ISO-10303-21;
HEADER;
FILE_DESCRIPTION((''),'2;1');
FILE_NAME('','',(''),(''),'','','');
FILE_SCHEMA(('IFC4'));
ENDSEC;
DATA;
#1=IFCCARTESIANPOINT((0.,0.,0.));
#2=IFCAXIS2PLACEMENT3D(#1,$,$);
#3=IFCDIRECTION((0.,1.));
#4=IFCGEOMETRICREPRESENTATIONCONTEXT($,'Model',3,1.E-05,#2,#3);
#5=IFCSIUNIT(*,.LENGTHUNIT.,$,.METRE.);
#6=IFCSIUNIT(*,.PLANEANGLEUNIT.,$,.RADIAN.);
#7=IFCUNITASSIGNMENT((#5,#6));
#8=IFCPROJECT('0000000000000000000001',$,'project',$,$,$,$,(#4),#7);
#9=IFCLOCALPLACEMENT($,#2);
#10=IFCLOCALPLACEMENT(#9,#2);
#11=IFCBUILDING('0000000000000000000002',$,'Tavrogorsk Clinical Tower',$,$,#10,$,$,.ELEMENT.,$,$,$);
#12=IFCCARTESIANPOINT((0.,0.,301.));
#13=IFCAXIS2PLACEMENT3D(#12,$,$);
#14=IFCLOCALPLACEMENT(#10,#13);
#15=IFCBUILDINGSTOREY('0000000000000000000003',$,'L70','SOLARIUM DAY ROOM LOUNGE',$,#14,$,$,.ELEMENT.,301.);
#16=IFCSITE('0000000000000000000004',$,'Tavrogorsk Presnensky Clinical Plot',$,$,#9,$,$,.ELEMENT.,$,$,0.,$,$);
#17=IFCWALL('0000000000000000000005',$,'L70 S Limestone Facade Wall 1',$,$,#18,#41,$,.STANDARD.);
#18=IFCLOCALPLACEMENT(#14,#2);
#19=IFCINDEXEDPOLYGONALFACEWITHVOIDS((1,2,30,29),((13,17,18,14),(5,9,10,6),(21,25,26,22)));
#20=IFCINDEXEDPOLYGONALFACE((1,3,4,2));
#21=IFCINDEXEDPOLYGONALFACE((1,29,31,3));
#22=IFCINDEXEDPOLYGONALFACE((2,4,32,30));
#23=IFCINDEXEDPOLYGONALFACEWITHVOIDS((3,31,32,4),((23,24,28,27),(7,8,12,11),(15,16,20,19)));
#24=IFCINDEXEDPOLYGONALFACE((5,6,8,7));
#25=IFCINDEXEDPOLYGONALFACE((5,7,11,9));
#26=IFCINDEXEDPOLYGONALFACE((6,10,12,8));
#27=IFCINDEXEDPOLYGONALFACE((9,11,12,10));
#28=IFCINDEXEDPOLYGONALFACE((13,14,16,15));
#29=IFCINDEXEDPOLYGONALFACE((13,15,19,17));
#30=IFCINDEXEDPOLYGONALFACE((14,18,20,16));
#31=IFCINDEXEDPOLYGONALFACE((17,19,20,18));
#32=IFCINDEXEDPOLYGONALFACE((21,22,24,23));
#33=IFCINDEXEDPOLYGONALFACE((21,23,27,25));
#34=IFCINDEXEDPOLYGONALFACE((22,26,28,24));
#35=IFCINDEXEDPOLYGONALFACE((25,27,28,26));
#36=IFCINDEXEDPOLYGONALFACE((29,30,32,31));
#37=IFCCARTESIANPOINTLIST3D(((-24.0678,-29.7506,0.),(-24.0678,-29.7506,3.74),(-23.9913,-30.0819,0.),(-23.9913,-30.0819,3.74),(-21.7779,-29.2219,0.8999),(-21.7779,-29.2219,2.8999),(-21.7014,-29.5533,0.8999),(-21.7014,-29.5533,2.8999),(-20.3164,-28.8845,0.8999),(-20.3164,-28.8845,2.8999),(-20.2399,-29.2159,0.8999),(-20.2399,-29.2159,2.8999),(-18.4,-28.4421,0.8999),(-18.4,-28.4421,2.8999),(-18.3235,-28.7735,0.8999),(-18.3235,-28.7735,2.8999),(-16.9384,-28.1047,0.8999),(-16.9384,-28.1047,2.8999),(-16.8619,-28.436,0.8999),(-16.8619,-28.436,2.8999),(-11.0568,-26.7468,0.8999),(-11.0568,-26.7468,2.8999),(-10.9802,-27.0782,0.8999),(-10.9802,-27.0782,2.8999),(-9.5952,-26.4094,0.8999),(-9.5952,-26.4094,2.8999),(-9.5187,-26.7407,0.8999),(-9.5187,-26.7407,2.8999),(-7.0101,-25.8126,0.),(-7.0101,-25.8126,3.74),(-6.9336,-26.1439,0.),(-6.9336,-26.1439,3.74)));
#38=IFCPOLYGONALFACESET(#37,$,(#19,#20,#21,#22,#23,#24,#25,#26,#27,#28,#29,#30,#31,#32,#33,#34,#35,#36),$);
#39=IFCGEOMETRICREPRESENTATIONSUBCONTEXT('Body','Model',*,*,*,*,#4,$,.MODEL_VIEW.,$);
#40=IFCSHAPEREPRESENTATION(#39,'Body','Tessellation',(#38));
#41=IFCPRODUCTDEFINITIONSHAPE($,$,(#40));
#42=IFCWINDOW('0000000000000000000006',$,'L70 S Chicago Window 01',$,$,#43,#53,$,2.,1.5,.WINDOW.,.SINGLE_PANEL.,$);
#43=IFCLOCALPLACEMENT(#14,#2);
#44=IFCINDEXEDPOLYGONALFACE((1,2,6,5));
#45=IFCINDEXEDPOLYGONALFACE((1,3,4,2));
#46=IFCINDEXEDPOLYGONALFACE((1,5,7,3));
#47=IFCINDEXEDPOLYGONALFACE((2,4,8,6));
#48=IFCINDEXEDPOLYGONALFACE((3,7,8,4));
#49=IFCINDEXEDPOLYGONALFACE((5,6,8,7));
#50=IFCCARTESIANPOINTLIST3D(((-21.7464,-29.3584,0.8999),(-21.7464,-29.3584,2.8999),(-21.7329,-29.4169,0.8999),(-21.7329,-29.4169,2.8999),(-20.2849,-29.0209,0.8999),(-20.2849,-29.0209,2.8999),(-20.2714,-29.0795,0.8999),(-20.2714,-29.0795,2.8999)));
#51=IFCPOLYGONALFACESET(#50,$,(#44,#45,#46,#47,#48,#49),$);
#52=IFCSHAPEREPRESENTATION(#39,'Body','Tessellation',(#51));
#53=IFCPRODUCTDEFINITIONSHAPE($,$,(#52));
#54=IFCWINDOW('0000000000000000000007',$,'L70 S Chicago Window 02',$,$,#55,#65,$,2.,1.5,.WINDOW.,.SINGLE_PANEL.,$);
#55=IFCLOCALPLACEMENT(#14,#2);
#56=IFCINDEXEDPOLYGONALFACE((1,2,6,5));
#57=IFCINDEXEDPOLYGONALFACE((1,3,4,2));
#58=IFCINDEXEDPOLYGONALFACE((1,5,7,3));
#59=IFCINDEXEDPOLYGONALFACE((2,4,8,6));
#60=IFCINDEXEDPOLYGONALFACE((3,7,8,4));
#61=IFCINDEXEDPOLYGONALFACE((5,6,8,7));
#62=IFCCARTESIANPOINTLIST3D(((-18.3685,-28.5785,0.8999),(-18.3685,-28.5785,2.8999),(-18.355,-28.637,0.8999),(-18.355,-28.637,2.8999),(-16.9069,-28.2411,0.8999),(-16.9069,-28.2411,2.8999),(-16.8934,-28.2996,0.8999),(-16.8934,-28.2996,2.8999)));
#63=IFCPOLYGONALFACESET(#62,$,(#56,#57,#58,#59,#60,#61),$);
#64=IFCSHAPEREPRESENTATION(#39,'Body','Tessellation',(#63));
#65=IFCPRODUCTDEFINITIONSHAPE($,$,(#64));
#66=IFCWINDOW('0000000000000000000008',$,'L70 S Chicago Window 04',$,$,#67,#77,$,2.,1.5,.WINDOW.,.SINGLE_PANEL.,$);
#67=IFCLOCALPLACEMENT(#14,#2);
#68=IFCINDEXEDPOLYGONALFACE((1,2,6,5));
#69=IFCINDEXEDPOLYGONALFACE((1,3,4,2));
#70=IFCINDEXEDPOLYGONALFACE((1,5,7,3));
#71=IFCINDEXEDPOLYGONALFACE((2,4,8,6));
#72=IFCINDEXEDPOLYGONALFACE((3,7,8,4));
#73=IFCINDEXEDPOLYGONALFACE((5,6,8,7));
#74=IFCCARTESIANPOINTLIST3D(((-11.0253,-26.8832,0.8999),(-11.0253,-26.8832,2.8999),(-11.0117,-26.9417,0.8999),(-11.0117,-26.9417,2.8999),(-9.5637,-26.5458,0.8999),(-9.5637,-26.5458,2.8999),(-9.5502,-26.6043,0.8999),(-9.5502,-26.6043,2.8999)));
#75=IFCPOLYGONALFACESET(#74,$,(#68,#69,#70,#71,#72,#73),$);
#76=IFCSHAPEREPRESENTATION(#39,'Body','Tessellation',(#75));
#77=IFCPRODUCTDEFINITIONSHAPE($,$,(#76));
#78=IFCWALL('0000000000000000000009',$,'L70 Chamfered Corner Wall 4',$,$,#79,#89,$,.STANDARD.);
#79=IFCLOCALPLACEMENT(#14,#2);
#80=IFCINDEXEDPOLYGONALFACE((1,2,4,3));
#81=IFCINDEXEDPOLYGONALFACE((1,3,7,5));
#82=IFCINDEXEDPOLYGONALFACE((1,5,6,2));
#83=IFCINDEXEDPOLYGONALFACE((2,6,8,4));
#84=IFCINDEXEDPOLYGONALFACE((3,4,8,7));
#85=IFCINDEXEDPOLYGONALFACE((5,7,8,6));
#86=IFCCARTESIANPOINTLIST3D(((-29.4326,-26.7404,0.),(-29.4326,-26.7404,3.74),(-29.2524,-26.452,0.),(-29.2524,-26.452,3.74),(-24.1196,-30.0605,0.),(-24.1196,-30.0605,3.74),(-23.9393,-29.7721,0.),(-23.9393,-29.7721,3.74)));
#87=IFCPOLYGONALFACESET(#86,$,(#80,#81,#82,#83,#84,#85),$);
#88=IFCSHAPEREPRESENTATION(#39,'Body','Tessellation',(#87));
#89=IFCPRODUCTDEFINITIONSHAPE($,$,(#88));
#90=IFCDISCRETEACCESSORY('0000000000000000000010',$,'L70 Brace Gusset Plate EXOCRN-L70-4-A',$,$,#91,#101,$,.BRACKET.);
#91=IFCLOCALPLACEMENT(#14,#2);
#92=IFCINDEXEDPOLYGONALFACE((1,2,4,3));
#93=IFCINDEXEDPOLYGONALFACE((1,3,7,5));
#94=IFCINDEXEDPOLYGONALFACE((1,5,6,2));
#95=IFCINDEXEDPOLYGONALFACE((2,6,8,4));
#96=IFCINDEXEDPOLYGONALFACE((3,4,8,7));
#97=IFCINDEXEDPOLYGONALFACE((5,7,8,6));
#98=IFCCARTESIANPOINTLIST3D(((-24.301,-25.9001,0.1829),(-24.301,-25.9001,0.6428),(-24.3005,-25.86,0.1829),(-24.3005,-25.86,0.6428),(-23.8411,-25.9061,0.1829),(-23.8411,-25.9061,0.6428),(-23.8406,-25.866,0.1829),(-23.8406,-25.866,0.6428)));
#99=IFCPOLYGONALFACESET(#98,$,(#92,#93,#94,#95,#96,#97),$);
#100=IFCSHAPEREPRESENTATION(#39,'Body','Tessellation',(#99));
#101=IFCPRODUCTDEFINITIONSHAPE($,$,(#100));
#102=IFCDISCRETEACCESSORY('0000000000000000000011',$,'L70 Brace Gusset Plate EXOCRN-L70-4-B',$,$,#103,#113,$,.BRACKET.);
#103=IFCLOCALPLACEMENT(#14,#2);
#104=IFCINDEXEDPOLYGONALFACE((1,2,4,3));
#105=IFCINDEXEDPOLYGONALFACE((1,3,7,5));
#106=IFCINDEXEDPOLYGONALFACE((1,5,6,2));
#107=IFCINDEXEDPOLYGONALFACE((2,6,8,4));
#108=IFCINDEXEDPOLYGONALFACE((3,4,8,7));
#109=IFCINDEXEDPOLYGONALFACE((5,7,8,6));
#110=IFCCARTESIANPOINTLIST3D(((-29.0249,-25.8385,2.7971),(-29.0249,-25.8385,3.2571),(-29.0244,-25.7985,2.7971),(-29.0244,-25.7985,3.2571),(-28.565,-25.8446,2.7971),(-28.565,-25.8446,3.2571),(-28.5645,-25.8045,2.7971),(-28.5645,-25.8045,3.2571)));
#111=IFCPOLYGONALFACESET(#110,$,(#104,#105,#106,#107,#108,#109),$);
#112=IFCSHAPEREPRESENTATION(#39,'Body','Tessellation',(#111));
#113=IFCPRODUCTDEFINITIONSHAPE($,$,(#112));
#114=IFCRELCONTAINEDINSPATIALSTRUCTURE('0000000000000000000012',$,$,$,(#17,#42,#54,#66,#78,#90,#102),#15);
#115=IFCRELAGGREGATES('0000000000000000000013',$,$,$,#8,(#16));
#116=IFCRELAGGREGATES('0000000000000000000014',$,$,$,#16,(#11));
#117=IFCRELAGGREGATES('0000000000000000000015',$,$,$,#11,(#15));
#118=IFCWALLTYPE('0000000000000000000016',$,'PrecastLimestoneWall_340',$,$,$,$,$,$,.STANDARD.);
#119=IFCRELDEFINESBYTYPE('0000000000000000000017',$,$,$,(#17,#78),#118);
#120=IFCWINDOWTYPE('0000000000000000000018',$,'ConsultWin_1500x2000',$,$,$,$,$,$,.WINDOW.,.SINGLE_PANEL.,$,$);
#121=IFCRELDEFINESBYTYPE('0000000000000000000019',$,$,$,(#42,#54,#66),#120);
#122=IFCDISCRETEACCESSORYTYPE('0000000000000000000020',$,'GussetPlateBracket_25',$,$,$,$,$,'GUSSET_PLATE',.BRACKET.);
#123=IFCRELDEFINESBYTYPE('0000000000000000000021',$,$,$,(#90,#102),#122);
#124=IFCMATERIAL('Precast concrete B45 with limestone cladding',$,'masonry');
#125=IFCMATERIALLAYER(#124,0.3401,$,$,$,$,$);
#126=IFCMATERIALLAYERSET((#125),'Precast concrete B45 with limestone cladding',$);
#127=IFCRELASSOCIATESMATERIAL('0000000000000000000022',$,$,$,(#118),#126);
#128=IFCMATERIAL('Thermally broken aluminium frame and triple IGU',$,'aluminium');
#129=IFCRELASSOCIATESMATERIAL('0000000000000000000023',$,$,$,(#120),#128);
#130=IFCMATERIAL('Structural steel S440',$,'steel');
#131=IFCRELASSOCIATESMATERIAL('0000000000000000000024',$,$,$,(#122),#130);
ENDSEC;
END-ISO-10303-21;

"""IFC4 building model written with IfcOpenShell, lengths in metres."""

from ifc_helpers import new_model, si_unit, direction, frame, frame_2d, origin, origin_2d, place, context, subcontext, project, spatial, rectangle, extrude, material, layer, layer_set, type_object, element, fill, save


model = new_model("IFC4")

# Units and contexts
model_context = context("Model", 3, precision=1e-05, world=origin(), true_north=direction((0.0, 1.0)))
body_context = subcontext(model_context, "Body", "Model", "MODEL_VIEW")
ifc_project = project(units=[si_unit("LENGTHUNIT", "METRE"), si_unit("PLANEANGLEUNIT", "RADIAN")], contexts=[model_context])

# Site, building, storey
site_placement = place(None, origin())
site = spatial("IfcSite", under=ifc_project, at=site_placement, Name="Tavrogorsk Presnensky Clinical Plot", CompositionType="ELEMENT", RefElevation=0.0)
building_placement = place(site_placement, origin())
building = spatial("IfcBuilding", under=site, at=building_placement, Name="Tavrogorsk Clinical Tower", CompositionType="ELEMENT")
storey_placement = place(building_placement, frame((0.0, 0.0, 301.0)))
storey = spatial("IfcBuildingStorey", under=building, at=storey_placement, Name="L70", Description="SOLARIUM DAY ROOM LOUNGE", CompositionType="ELEMENT", Elevation=301.0)

# Wall, openings, windows
ifc_material_1 = material(Name="Precast concrete B45 with limestone cladding", Category="masonry")
ifc_layer_1 = layer(ifc_material_1, 0.3401)
ifc_layer_set_1 = layer_set([ifc_layer_1], Name="Precast concrete B45 with limestone cladding")
wall_type_1 = type_object("IfcWallType", Name="PrecastLimestoneWall_340", PredefinedType="STANDARD", material=ifc_layer_set_1)
wall_1_placement = place(storey_placement, frame((-24.0295, -29.9163, 0.0), z_axis=(0.0, 0.0, 1.0), x_axis=(0.974371, 0.224947, 0.0)))
wall_1 = element("IfcWall", 1, at=wall_1_placement, inside=storey, type_object=wall_type_1, Name="L70 S Limestone Facade Wall 1", PredefinedType="STANDARD", context=body_context, shape_type="SweptSolid", body=[
    extrude(rectangle(XDim=17.5063, YDim=0.3401, at=frame_2d((8.7532, 0.0))), origin(), (0.0, 0.0, 1.0), 3.74),
])
opening_1_placement = place(wall_1_placement, frame((2.3501, 0.0, 0.8999)))
opening_1 = element("IfcOpeningElement", 2, at=opening_1_placement, cuts=wall_1, PredefinedType="OPENING", context=body_context, shape_type="SweptSolid", body=[
    extrude(rectangle(XDim=1.5, YDim=2.0, at=frame_2d((0.75, 1.0))), frame((0.0, 0.1799, 0.0), z_axis=(0.0, -1.0, 0.0), x_axis=(1.0, 0.0, 0.0)), (0.0, 0.0, 1.0), 0.3601),
])
opening_2_placement = place(wall_1_placement, frame((5.8169, 0.0, 0.8999)))
opening_2 = element("IfcOpeningElement", 3, at=opening_2_placement, cuts=wall_1, PredefinedType="OPENING", context=body_context, shape_type="SweptSolid", body=[
    extrude(rectangle(XDim=1.5, YDim=2.0, at=frame_2d((0.75, 1.0))), frame((0.0, 0.1799, 0.0), z_axis=(0.0, -1.0, 0.0), x_axis=(1.0, 0.0, 0.0)), (0.0, 0.0, 1.0), 0.3601),
])
opening_3_placement = place(wall_1_placement, frame((13.3533, 0.0, 0.8999)))
opening_3 = element("IfcOpeningElement", 4, at=opening_3_placement, cuts=wall_1, PredefinedType="OPENING", context=body_context, shape_type="SweptSolid", body=[
    extrude(rectangle(XDim=1.5, YDim=2.0, at=frame_2d((0.75, 1.0))), frame((0.0, 0.1799, 0.0), z_axis=(0.0, -1.0, 0.0), x_axis=(1.0, 0.0, 0.0)), (0.0, 0.0, 1.0), 0.3601),
])
ifc_material_2 = material(Name="Thermally broken aluminium frame and triple IGU", Category="aluminium")
window_type = type_object("IfcWindowType", Name="ConsultWin_1500x2000", PartitioningType="SINGLE_PANEL", PredefinedType="WINDOW", material=ifc_material_2)
window_1_placement = place(opening_1_placement, origin())
window_1 = element("IfcWindow", 5, at=window_1_placement, inside=storey, type_object=window_type, Name="L70 S Chicago Window 01", OverallHeight=2.0, OverallWidth=1.5, PartitioningType="SINGLE_PANEL", PredefinedType="WINDOW", context=body_context, shape_type="SweptSolid", body=[
    extrude(rectangle(XDim=1.5, YDim=2.0, at=frame_2d((0.75, 1.0))), frame((0.0, 0.03, 0.0), z_axis=(0.0, -1.0, 0.0), x_axis=(1.0, 0.0, 0.0)), (0.0, 0.0, 1.0), 0.0601),
])
fill(opening_1, window_1)
window_2_placement = place(opening_2_placement, origin())
window_2 = element("IfcWindow", 6, at=window_2_placement, inside=storey, type_object=window_type, Name="L70 S Chicago Window 02", OverallHeight=2.0, OverallWidth=1.5, PartitioningType="SINGLE_PANEL", PredefinedType="WINDOW", context=body_context, shape_type="SweptSolid", body=[
    extrude(rectangle(XDim=1.5, YDim=2.0, at=frame_2d((0.75, 1.0))), frame((0.0, 0.03, 0.0), z_axis=(0.0, -1.0, 0.0), x_axis=(1.0, 0.0, 0.0)), (0.0, 0.0, 1.0), 0.0601),
])
fill(opening_2, window_2)
window_3_placement = place(opening_3_placement, origin())
window_3 = element("IfcWindow", 7, at=window_3_placement, inside=storey, type_object=window_type, Name="L70 S Chicago Window 04", OverallHeight=2.0, OverallWidth=1.5, PartitioningType="SINGLE_PANEL", PredefinedType="WINDOW", context=body_context, shape_type="SweptSolid", body=[
    extrude(rectangle(XDim=1.5, YDim=2.0, at=frame_2d((0.75, 1.0))), frame((0.0, 0.03, 0.0), z_axis=(0.0, -1.0, 0.0), x_axis=(1.0, 0.0, 0.0)), (0.0, 0.0, 1.0), 0.0601),
])
fill(opening_3, window_3)

# Wall
wall_2_placement = place(storey_placement, frame((-29.3425, -26.5962, 0.0), z_axis=(0.0, 0.0, 1.0), x_axis=(0.848038, -0.529936, 0.0)))
element("IfcWall", 8, at=wall_2_placement, inside=storey, type_object=wall_type_1, Name="L70 Chamfered Corner Wall 4", PredefinedType="STANDARD", context=body_context, shape_type="SweptSolid", body=[
    extrude(rectangle(XDim=6.2651, YDim=0.3401, at=frame_2d((3.1326, 0.0))), origin(), (0.0, 0.0, 1.0), 3.74),
])

# Discrete accessories
ifc_material_3 = material(Name="Structural steel S440", Category="steel")
discrete_accessory_type = type_object("IfcDiscreteAccessoryType", Name="GussetPlateBracket_25", ElementType="GUSSET_PLATE", PredefinedType="BRACKET", material=ifc_material_3)
for number, where, z_axis, x_axis, name in (
    (9, (-24.0708, -25.8831, 0.1829), (0.0, 0.0, 1.0), (-0.999914, 0.01309, 0.0), "L70 Brace Gusset Plate EXOCRN-L70-4-A"),
    (10, (-28.7947, -25.8215, 2.7971), (0.0, 0.0, 1.0), (-0.999914, 0.01309, 0.0), "L70 Brace Gusset Plate EXOCRN-L70-4-B"),
):
    element("IfcDiscreteAccessory", number, at=place(storey_placement, frame(where, z_axis=z_axis, x_axis=x_axis)), inside=storey, type_object=discrete_accessory_type, Name=name, PredefinedType="BRACKET", context=body_context, shape_type="SweptSolid", body=[
        extrude(rectangle(XDim=0.46, YDim=0.04, at=origin_2d()), origin(), (0.0, 0.0, 1.0), 0.46),
    ])

save(model, "model.ifc")
